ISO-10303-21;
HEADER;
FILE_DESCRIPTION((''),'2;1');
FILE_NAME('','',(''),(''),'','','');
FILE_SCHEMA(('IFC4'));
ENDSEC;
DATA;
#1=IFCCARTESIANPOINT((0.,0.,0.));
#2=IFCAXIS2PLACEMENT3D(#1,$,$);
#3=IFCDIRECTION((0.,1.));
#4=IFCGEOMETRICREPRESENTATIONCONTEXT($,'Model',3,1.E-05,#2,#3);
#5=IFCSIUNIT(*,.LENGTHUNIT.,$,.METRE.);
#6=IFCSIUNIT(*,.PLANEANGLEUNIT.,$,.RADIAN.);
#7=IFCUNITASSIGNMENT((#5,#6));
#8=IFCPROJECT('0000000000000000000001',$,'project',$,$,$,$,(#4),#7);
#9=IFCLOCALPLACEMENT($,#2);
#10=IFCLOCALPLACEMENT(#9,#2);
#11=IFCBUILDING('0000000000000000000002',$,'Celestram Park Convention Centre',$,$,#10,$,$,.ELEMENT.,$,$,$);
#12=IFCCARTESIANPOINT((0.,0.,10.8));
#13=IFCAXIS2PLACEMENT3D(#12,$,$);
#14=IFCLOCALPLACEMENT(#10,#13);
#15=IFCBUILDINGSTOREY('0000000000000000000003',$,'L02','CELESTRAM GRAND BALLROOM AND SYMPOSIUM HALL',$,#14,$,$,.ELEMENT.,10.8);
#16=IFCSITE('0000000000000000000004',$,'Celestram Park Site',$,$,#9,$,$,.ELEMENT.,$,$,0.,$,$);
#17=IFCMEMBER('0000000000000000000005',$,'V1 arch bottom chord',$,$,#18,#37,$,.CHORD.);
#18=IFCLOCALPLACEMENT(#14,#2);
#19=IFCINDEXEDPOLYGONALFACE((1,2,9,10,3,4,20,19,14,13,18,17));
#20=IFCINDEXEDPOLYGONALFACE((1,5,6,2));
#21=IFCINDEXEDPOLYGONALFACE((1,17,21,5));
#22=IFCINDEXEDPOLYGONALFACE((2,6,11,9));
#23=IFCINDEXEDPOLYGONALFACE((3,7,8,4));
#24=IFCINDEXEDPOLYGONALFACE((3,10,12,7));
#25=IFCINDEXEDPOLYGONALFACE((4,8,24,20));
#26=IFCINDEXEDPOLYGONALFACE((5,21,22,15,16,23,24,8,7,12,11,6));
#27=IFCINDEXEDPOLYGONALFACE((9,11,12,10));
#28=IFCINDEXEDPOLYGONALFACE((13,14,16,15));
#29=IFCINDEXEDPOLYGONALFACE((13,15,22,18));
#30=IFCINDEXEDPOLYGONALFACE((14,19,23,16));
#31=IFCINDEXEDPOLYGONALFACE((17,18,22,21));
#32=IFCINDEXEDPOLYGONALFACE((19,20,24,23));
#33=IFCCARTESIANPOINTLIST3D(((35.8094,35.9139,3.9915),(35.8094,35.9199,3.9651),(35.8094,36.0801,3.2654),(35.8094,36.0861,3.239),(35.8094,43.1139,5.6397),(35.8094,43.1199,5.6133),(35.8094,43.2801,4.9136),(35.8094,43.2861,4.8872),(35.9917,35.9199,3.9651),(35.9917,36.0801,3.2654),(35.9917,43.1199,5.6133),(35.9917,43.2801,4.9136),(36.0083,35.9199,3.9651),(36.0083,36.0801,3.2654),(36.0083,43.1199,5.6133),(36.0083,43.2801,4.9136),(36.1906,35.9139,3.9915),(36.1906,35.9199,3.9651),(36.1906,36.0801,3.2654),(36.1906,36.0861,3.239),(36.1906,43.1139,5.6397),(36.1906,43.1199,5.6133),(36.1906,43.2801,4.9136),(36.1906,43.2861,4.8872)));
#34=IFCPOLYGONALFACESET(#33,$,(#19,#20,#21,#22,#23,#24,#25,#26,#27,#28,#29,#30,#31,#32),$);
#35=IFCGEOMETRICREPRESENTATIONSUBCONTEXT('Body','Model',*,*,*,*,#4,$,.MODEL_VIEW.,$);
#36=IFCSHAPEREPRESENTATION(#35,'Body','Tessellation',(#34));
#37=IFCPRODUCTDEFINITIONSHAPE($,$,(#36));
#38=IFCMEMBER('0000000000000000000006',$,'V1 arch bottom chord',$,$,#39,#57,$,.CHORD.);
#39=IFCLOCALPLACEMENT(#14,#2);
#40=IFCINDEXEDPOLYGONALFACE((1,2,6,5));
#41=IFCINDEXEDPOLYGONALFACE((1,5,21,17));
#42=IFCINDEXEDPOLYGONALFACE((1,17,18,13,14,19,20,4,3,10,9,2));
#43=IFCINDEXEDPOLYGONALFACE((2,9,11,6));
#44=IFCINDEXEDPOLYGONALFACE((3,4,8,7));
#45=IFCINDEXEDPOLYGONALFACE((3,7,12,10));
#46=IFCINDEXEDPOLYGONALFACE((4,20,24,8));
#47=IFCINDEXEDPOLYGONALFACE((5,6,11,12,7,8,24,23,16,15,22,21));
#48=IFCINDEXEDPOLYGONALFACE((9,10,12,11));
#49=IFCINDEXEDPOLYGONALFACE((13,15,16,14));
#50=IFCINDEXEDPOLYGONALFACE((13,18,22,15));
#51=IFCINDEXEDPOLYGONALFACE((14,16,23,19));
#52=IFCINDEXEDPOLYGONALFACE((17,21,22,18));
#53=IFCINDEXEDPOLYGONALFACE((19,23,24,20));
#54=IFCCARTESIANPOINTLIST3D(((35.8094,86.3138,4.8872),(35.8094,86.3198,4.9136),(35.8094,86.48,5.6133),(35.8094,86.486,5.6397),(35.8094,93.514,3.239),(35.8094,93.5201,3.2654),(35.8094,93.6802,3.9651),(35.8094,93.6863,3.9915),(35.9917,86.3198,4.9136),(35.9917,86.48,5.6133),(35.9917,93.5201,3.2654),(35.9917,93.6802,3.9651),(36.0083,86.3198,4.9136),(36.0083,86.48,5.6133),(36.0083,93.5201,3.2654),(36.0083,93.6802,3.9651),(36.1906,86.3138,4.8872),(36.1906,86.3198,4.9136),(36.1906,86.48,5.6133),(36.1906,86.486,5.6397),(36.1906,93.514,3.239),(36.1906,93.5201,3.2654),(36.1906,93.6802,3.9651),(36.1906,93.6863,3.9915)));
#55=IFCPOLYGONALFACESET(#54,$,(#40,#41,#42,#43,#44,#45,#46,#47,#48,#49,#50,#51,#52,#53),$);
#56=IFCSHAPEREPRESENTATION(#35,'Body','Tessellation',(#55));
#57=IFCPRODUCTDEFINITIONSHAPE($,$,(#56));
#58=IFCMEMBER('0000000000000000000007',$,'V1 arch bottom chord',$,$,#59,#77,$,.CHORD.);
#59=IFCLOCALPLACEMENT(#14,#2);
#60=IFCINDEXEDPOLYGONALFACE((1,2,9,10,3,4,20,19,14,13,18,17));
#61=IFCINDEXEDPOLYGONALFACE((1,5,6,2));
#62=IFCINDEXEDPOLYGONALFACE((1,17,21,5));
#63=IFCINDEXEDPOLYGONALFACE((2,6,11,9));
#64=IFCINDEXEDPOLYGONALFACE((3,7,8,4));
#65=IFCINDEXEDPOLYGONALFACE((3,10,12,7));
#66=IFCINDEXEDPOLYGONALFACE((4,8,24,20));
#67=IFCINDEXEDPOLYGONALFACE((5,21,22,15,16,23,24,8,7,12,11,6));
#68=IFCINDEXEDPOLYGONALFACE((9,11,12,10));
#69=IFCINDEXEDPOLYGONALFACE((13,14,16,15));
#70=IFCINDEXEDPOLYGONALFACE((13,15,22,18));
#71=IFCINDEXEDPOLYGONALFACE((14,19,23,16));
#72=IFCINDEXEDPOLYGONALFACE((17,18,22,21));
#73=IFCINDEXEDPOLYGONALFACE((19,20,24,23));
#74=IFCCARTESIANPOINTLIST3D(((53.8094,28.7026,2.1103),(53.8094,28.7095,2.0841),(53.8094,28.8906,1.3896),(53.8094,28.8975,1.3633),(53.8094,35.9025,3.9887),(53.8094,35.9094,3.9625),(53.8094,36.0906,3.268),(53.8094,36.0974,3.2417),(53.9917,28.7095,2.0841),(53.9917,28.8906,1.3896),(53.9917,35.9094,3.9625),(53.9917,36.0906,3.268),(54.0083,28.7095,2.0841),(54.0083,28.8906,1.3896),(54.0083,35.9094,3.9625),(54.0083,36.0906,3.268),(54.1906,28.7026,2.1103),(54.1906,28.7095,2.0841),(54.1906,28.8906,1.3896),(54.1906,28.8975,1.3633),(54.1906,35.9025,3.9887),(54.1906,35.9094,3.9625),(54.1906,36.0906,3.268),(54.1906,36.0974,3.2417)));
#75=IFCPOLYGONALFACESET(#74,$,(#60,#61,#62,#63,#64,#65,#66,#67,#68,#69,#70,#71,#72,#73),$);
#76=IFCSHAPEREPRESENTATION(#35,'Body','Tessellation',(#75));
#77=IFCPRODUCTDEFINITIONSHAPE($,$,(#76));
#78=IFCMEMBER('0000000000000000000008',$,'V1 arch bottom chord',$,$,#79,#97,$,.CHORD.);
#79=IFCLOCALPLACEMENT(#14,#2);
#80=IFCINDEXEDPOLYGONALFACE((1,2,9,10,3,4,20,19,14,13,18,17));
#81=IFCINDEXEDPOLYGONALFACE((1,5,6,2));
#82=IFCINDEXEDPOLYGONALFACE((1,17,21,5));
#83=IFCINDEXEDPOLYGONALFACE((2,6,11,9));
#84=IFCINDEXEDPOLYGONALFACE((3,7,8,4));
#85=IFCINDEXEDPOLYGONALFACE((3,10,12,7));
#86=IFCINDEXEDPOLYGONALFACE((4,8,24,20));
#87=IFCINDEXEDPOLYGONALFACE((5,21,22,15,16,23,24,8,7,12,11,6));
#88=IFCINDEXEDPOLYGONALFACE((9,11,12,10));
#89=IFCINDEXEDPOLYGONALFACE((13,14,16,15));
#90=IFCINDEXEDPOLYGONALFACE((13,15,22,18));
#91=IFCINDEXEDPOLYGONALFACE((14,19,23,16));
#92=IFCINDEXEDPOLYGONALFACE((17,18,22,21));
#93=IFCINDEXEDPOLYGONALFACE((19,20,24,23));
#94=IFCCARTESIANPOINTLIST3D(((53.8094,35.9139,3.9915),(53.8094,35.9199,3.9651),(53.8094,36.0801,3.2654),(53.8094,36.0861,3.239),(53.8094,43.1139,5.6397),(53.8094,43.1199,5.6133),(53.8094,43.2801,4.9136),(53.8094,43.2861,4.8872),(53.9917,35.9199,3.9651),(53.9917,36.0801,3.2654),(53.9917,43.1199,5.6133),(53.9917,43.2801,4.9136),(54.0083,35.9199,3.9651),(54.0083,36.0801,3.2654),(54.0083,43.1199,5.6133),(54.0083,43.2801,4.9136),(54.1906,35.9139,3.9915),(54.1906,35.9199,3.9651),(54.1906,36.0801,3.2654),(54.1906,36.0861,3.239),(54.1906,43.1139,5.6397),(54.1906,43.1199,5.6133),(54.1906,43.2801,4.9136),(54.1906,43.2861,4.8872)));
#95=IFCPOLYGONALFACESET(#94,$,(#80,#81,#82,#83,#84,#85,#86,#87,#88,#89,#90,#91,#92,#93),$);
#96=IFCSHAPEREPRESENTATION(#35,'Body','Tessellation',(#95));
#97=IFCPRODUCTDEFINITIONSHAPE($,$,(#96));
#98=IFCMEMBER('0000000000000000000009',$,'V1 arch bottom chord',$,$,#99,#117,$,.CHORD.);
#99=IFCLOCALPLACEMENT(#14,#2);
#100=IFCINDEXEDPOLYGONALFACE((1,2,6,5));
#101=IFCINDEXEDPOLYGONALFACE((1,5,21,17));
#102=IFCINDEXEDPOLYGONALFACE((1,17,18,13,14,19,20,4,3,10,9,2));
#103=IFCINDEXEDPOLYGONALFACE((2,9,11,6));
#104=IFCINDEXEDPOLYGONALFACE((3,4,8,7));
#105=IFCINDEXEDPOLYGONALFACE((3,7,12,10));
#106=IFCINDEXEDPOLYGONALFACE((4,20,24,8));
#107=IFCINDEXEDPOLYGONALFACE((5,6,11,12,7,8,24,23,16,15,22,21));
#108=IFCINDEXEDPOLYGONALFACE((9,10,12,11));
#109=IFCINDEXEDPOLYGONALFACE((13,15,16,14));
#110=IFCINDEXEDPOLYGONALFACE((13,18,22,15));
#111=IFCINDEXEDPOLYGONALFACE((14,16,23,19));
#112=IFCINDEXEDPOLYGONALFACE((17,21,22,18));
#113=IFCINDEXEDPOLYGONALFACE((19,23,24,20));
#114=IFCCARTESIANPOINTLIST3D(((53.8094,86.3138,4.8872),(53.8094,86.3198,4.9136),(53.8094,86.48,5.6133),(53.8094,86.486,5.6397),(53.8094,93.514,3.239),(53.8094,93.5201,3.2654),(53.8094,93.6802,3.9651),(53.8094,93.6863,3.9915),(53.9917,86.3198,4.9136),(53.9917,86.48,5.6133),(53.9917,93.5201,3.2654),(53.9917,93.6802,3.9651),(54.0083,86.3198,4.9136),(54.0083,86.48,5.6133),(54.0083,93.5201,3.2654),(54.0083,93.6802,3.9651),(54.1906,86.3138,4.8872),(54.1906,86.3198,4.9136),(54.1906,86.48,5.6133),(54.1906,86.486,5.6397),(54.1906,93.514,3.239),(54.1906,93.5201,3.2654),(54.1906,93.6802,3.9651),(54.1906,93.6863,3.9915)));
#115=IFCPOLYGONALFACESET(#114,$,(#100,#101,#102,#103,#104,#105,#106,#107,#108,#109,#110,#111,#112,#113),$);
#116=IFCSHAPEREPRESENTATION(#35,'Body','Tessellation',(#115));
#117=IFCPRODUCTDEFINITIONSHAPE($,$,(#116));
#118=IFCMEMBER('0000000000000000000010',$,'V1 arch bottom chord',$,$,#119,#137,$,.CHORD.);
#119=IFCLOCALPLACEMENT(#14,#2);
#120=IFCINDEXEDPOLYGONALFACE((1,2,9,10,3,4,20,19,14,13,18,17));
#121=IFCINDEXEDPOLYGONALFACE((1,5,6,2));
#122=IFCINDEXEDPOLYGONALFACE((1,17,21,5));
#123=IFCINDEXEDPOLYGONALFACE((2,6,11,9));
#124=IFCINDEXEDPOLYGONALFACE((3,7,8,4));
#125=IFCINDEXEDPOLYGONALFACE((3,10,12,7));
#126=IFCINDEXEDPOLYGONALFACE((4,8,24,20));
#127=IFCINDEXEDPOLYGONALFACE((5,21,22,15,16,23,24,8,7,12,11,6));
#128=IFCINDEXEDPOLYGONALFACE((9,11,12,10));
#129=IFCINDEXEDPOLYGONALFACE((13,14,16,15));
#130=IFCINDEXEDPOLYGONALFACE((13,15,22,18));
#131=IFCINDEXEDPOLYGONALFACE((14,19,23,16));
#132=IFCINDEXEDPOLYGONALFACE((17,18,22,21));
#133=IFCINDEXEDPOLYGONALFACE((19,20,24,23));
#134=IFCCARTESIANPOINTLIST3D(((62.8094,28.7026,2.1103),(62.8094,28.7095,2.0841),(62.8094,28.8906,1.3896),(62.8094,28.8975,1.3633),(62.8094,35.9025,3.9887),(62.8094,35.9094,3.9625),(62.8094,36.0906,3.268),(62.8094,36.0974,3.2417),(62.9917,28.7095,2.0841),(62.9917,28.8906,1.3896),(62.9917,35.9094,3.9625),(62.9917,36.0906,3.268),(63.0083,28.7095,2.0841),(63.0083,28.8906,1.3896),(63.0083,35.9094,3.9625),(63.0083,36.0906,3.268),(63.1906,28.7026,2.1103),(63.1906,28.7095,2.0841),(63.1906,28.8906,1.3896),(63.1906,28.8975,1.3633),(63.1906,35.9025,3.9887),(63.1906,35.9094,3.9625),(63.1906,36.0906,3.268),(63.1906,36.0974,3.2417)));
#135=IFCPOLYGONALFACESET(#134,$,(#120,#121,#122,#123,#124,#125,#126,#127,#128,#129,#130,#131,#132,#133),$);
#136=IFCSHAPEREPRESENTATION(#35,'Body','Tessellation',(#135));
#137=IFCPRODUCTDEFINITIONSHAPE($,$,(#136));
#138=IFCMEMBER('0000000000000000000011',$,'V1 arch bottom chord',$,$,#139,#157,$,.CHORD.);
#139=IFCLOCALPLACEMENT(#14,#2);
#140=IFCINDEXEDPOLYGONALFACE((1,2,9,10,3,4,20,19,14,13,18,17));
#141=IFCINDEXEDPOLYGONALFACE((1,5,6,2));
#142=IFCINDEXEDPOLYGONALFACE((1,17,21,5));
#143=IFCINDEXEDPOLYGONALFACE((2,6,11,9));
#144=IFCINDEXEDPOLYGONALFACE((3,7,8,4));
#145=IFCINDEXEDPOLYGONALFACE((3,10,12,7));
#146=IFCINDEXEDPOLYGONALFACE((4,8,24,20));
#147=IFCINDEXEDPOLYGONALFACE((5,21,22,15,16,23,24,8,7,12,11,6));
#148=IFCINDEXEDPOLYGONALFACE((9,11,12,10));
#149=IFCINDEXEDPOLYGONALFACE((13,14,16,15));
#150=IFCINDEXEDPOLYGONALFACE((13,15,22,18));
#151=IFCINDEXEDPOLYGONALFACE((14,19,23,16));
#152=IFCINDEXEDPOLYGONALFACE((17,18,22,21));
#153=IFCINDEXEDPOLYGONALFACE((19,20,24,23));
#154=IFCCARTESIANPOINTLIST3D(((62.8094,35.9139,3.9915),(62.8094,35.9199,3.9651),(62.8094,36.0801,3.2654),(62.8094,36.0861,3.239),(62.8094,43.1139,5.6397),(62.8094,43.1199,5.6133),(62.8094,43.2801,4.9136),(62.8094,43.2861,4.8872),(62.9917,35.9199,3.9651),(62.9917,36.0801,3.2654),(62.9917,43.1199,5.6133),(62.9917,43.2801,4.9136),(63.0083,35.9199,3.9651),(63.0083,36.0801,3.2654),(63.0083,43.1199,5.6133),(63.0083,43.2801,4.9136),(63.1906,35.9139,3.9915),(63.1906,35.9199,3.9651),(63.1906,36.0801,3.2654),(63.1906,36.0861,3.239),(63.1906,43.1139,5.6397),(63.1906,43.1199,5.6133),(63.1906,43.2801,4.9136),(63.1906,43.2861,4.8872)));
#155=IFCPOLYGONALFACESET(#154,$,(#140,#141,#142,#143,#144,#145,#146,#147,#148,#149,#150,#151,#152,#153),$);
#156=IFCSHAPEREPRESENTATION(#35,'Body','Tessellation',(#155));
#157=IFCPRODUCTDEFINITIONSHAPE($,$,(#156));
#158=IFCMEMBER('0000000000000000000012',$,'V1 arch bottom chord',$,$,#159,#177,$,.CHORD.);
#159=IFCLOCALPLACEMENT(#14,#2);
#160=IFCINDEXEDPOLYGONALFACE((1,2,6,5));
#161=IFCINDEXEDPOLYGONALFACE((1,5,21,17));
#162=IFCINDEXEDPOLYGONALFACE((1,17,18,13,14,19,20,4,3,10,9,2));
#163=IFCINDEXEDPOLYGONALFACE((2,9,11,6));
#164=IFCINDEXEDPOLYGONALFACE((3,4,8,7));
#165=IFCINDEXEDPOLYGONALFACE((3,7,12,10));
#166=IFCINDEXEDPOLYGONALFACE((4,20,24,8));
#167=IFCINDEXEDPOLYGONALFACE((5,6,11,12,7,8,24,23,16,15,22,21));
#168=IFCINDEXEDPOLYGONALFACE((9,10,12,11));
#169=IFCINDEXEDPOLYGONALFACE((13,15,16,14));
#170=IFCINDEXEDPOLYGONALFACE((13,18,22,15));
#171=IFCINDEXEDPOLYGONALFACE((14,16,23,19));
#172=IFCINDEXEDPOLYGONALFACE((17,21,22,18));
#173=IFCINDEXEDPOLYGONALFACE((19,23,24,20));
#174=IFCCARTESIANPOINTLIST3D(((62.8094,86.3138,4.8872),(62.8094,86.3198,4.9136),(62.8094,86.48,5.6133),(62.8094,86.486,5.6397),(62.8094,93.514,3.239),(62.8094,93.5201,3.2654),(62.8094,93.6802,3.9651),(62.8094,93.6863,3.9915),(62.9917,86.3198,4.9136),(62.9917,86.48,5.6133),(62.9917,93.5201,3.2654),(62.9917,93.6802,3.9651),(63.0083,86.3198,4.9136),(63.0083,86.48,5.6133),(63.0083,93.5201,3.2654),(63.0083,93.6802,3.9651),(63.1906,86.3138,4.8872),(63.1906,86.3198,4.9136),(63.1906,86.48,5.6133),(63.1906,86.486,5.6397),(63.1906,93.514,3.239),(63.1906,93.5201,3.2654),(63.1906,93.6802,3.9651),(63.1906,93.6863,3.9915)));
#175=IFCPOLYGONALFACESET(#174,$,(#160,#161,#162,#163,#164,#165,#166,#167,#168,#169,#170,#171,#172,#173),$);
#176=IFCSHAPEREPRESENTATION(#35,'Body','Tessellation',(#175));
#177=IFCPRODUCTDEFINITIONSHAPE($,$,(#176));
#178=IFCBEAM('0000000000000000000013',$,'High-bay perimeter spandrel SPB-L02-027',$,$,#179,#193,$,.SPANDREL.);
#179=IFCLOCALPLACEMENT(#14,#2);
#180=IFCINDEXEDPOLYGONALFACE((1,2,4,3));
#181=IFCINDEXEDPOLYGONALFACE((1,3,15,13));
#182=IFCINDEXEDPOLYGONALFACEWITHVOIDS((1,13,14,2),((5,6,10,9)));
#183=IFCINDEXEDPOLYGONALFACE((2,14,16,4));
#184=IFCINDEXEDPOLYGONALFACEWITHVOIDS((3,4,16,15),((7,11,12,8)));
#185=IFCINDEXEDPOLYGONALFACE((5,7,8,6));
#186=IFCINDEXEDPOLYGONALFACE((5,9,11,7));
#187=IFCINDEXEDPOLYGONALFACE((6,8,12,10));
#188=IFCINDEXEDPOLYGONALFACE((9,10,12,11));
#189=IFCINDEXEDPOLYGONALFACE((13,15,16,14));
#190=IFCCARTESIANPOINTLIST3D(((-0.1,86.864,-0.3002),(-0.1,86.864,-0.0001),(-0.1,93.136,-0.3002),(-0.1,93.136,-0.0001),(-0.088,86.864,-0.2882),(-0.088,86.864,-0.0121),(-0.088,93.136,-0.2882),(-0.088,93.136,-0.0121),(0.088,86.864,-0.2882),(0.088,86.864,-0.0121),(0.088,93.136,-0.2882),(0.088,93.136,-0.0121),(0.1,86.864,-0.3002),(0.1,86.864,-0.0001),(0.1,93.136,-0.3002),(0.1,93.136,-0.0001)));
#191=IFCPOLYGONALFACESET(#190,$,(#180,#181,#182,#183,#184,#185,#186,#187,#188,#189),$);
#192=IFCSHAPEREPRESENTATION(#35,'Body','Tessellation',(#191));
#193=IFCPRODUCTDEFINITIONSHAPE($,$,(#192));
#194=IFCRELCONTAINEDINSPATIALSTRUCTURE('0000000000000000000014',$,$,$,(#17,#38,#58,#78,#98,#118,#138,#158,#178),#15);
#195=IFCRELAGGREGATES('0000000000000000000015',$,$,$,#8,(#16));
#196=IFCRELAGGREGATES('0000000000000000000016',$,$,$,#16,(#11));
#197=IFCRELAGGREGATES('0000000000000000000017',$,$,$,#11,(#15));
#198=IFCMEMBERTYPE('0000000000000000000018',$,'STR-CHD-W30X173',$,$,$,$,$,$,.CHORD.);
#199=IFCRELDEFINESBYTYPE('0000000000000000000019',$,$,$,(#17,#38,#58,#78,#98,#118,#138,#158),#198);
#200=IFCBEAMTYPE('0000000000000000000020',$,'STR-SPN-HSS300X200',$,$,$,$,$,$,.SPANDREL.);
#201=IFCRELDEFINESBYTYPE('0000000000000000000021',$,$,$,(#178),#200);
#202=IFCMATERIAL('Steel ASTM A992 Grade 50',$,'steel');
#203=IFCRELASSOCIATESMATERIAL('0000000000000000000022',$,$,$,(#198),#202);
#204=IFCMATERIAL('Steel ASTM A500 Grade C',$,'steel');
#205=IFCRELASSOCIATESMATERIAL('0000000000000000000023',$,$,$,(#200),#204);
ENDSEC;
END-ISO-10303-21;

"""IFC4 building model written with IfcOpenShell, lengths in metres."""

from ifc_helpers import new_model, si_unit, direction, frame, origin, origin_2d, place, context, subcontext, project, spatial, hollow_rectangle, i_section, extrude, material, material_profile, profile_set, type_object, element, save


model = new_model("IFC4")

# Units and contexts
model_context = context("Model", 3, precision=1e-05, world=origin(), true_north=direction((0.0, 1.0)))
body_context = subcontext(model_context, "Body", "Model", "MODEL_VIEW")
ifc_project = project(units=[si_unit("LENGTHUNIT", "METRE"), si_unit("PLANEANGLEUNIT", "RADIAN")], contexts=[model_context])

# Site, building, storey
site_placement = place(None, origin())
site = spatial("IfcSite", under=ifc_project, at=site_placement, Name="Celestram Park Site", CompositionType="ELEMENT", RefElevation=0.0)
building_placement = place(site_placement, origin())
building = spatial("IfcBuilding", under=site, at=building_placement, Name="Celestram Park Convention Centre", CompositionType="ELEMENT")
storey_placement = place(building_placement, frame((0.0, 0.0, 10.8)))
storey = spatial("IfcBuildingStorey", under=building, at=storey_placement, Name="L02", Description="CELESTRAM GRAND BALLROOM AND SYMPOSIUM HALL", CompositionType="ELEMENT", Elevation=10.8)

# Shared definitions
ifc_material_1 = material(Name="Steel ASTM A992 Grade 50", Category="steel")

# Members
ifc_material_2 = material(Name="Steel ASTM A500 Grade C", Category="steel")
ifc_material_profile_1 = material_profile(ifc_material_1, i_section(OverallWidth=0.3811, OverallDepth=0.772, WebThickness=0.0166, FlangeThickness=0.0271, at=origin_2d()), Name="W30X173")
ifc_profile_set_1 = profile_set([ifc_material_profile_1], Name="Steel ASTM A992 Grade 50")
member_type_1 = type_object("IfcMemberType", Name="STR-CHD-W30X173", PredefinedType="CHORD", material=ifc_profile_set_1)
member_1_placement = place(storey_placement, frame((36.0, 36.0, 3.6152), z_axis=(0.0, 0.974785, 0.223145), x_axis=(-1.0, 0.0, 0.0)))
element("IfcMember", 1, at=member_1_placement, inside=storey, type_object=member_type_1, Name="V1 arch bottom chord", PredefinedType="CHORD", context=body_context, shape_type="SweptSolid", body=[
    extrude(i_section(OverallWidth=0.3811, OverallDepth=0.772, WebThickness=0.0166, FlangeThickness=0.0271, at=origin_2d()), origin(), (0.0, 0.0, 1.0), 7.3862),
])
member_2_placement = place(storey_placement, frame((36.0, 86.3999, 5.2634), z_axis=(0.0, 0.974787, -0.223138), x_axis=(-1.0, 0.0, 0.0)))
element("IfcMember", 2, at=member_2_placement, inside=storey, type_object=member_type_1, Name="V1 arch bottom chord", PredefinedType="CHORD", context=body_context, shape_type="SweptSolid", body=[
    extrude(i_section(OverallWidth=0.3811, OverallDepth=0.772, WebThickness=0.0166, FlangeThickness=0.0271, at=origin_2d()), origin(), (0.0, 0.0, 1.0), 7.3865),
])
member_3_placement = place(storey_placement, frame((54.0, 28.8, 1.7368), z_axis=(0.0, 0.967612, 0.252443), x_axis=(-1.0, 0.0, 0.0)))
element("IfcMember", 3, at=member_3_placement, inside=storey, type_object=member_type_1, Name="V1 arch bottom chord", PredefinedType="CHORD", context=body_context, shape_type="SweptSolid", body=[
    extrude(i_section(OverallWidth=0.3811, OverallDepth=0.772, WebThickness=0.0166, FlangeThickness=0.0271, at=origin_2d()), origin(), (0.0, 0.0, 1.0), 7.4409),
])
member_4_placement = place(storey_placement, frame((54.0, 36.0, 3.6152), z_axis=(0.0, 0.974785, 0.223145), x_axis=(-1.0, 0.0, 0.0)))
element("IfcMember", 4, at=member_4_placement, inside=storey, type_object=member_type_1, Name="V1 arch bottom chord", PredefinedType="CHORD", context=body_context, shape_type="SweptSolid", body=[
    extrude(i_section(OverallWidth=0.3811, OverallDepth=0.772, WebThickness=0.0166, FlangeThickness=0.0271, at=origin_2d()), origin(), (0.0, 0.0, 1.0), 7.3862),
])
member_5_placement = place(storey_placement, frame((54.0, 86.3999, 5.2634), z_axis=(0.0, 0.974787, -0.223138), x_axis=(-1.0, 0.0, 0.0)))
element("IfcMember", 5, at=member_5_placement, inside=storey, type_object=member_type_1, Name="V1 arch bottom chord", PredefinedType="CHORD", context=body_context, shape_type="SweptSolid", body=[
    extrude(i_section(OverallWidth=0.3811, OverallDepth=0.772, WebThickness=0.0166, FlangeThickness=0.0271, at=origin_2d()), origin(), (0.0, 0.0, 1.0), 7.3865),
])
member_6_placement = place(storey_placement, frame((63.0, 28.8, 1.7368), z_axis=(0.0, 0.967612, 0.252443), x_axis=(-1.0, 0.0, 0.0)))
element("IfcMember", 6, at=member_6_placement, inside=storey, type_object=member_type_1, Name="V1 arch bottom chord", PredefinedType="CHORD", context=body_context, shape_type="SweptSolid", body=[
    extrude(i_section(OverallWidth=0.3811, OverallDepth=0.772, WebThickness=0.0166, FlangeThickness=0.0271, at=origin_2d()), origin(), (0.0, 0.0, 1.0), 7.4409),
])
member_7_placement = place(storey_placement, frame((63.0, 36.0, 3.6152), z_axis=(0.0, 0.974785, 0.223145), x_axis=(-1.0, 0.0, 0.0)))
element("IfcMember", 7, at=member_7_placement, inside=storey, type_object=member_type_1, Name="V1 arch bottom chord", PredefinedType="CHORD", context=body_context, shape_type="SweptSolid", body=[
    extrude(i_section(OverallWidth=0.3811, OverallDepth=0.772, WebThickness=0.0166, FlangeThickness=0.0271, at=origin_2d()), origin(), (0.0, 0.0, 1.0), 7.3862),
])
member_8_placement = place(storey_placement, frame((63.0, 86.3999, 5.2634), z_axis=(0.0, 0.974787, -0.223138), x_axis=(-1.0, 0.0, 0.0)))
element("IfcMember", 8, at=member_8_placement, inside=storey, type_object=member_type_1, Name="V1 arch bottom chord", PredefinedType="CHORD", context=body_context, shape_type="SweptSolid", body=[
    extrude(i_section(OverallWidth=0.3811, OverallDepth=0.772, WebThickness=0.0166, FlangeThickness=0.0271, at=origin_2d()), origin(), (0.0, 0.0, 1.0), 7.3865),
])

# Beam
ifc_material_profile_2 = material_profile(ifc_material_2, hollow_rectangle(XDim=0.2, YDim=0.3, WallThickness=0.012, at=origin_2d()), Name="HSS300X200X12")
ifc_profile_set_2 = profile_set([ifc_material_profile_2], Name="Steel ASTM A500 Grade C")
beam_type = type_object("IfcBeamType", Name="STR-SPN-HSS300X200", PredefinedType="SPANDREL", material=ifc_profile_set_2)
beam_placement = place(storey_placement, frame((0.0, 86.864, -0.1501), z_axis=(0.0, 1.0, 0.0), x_axis=(-1.0, 0.0, 0.0)))
element("IfcBeam", 9, at=beam_placement, inside=storey, type_object=beam_type, Name="High-bay perimeter spandrel SPB-L02-027", PredefinedType="SPANDREL", context=body_context, shape_type="SweptSolid", body=[
    extrude(hollow_rectangle(XDim=0.2, YDim=0.3, WallThickness=0.012, at=origin_2d()), origin(), (0.0, 0.0, 1.0), 6.272),
])

save(model, "model.ifc")
